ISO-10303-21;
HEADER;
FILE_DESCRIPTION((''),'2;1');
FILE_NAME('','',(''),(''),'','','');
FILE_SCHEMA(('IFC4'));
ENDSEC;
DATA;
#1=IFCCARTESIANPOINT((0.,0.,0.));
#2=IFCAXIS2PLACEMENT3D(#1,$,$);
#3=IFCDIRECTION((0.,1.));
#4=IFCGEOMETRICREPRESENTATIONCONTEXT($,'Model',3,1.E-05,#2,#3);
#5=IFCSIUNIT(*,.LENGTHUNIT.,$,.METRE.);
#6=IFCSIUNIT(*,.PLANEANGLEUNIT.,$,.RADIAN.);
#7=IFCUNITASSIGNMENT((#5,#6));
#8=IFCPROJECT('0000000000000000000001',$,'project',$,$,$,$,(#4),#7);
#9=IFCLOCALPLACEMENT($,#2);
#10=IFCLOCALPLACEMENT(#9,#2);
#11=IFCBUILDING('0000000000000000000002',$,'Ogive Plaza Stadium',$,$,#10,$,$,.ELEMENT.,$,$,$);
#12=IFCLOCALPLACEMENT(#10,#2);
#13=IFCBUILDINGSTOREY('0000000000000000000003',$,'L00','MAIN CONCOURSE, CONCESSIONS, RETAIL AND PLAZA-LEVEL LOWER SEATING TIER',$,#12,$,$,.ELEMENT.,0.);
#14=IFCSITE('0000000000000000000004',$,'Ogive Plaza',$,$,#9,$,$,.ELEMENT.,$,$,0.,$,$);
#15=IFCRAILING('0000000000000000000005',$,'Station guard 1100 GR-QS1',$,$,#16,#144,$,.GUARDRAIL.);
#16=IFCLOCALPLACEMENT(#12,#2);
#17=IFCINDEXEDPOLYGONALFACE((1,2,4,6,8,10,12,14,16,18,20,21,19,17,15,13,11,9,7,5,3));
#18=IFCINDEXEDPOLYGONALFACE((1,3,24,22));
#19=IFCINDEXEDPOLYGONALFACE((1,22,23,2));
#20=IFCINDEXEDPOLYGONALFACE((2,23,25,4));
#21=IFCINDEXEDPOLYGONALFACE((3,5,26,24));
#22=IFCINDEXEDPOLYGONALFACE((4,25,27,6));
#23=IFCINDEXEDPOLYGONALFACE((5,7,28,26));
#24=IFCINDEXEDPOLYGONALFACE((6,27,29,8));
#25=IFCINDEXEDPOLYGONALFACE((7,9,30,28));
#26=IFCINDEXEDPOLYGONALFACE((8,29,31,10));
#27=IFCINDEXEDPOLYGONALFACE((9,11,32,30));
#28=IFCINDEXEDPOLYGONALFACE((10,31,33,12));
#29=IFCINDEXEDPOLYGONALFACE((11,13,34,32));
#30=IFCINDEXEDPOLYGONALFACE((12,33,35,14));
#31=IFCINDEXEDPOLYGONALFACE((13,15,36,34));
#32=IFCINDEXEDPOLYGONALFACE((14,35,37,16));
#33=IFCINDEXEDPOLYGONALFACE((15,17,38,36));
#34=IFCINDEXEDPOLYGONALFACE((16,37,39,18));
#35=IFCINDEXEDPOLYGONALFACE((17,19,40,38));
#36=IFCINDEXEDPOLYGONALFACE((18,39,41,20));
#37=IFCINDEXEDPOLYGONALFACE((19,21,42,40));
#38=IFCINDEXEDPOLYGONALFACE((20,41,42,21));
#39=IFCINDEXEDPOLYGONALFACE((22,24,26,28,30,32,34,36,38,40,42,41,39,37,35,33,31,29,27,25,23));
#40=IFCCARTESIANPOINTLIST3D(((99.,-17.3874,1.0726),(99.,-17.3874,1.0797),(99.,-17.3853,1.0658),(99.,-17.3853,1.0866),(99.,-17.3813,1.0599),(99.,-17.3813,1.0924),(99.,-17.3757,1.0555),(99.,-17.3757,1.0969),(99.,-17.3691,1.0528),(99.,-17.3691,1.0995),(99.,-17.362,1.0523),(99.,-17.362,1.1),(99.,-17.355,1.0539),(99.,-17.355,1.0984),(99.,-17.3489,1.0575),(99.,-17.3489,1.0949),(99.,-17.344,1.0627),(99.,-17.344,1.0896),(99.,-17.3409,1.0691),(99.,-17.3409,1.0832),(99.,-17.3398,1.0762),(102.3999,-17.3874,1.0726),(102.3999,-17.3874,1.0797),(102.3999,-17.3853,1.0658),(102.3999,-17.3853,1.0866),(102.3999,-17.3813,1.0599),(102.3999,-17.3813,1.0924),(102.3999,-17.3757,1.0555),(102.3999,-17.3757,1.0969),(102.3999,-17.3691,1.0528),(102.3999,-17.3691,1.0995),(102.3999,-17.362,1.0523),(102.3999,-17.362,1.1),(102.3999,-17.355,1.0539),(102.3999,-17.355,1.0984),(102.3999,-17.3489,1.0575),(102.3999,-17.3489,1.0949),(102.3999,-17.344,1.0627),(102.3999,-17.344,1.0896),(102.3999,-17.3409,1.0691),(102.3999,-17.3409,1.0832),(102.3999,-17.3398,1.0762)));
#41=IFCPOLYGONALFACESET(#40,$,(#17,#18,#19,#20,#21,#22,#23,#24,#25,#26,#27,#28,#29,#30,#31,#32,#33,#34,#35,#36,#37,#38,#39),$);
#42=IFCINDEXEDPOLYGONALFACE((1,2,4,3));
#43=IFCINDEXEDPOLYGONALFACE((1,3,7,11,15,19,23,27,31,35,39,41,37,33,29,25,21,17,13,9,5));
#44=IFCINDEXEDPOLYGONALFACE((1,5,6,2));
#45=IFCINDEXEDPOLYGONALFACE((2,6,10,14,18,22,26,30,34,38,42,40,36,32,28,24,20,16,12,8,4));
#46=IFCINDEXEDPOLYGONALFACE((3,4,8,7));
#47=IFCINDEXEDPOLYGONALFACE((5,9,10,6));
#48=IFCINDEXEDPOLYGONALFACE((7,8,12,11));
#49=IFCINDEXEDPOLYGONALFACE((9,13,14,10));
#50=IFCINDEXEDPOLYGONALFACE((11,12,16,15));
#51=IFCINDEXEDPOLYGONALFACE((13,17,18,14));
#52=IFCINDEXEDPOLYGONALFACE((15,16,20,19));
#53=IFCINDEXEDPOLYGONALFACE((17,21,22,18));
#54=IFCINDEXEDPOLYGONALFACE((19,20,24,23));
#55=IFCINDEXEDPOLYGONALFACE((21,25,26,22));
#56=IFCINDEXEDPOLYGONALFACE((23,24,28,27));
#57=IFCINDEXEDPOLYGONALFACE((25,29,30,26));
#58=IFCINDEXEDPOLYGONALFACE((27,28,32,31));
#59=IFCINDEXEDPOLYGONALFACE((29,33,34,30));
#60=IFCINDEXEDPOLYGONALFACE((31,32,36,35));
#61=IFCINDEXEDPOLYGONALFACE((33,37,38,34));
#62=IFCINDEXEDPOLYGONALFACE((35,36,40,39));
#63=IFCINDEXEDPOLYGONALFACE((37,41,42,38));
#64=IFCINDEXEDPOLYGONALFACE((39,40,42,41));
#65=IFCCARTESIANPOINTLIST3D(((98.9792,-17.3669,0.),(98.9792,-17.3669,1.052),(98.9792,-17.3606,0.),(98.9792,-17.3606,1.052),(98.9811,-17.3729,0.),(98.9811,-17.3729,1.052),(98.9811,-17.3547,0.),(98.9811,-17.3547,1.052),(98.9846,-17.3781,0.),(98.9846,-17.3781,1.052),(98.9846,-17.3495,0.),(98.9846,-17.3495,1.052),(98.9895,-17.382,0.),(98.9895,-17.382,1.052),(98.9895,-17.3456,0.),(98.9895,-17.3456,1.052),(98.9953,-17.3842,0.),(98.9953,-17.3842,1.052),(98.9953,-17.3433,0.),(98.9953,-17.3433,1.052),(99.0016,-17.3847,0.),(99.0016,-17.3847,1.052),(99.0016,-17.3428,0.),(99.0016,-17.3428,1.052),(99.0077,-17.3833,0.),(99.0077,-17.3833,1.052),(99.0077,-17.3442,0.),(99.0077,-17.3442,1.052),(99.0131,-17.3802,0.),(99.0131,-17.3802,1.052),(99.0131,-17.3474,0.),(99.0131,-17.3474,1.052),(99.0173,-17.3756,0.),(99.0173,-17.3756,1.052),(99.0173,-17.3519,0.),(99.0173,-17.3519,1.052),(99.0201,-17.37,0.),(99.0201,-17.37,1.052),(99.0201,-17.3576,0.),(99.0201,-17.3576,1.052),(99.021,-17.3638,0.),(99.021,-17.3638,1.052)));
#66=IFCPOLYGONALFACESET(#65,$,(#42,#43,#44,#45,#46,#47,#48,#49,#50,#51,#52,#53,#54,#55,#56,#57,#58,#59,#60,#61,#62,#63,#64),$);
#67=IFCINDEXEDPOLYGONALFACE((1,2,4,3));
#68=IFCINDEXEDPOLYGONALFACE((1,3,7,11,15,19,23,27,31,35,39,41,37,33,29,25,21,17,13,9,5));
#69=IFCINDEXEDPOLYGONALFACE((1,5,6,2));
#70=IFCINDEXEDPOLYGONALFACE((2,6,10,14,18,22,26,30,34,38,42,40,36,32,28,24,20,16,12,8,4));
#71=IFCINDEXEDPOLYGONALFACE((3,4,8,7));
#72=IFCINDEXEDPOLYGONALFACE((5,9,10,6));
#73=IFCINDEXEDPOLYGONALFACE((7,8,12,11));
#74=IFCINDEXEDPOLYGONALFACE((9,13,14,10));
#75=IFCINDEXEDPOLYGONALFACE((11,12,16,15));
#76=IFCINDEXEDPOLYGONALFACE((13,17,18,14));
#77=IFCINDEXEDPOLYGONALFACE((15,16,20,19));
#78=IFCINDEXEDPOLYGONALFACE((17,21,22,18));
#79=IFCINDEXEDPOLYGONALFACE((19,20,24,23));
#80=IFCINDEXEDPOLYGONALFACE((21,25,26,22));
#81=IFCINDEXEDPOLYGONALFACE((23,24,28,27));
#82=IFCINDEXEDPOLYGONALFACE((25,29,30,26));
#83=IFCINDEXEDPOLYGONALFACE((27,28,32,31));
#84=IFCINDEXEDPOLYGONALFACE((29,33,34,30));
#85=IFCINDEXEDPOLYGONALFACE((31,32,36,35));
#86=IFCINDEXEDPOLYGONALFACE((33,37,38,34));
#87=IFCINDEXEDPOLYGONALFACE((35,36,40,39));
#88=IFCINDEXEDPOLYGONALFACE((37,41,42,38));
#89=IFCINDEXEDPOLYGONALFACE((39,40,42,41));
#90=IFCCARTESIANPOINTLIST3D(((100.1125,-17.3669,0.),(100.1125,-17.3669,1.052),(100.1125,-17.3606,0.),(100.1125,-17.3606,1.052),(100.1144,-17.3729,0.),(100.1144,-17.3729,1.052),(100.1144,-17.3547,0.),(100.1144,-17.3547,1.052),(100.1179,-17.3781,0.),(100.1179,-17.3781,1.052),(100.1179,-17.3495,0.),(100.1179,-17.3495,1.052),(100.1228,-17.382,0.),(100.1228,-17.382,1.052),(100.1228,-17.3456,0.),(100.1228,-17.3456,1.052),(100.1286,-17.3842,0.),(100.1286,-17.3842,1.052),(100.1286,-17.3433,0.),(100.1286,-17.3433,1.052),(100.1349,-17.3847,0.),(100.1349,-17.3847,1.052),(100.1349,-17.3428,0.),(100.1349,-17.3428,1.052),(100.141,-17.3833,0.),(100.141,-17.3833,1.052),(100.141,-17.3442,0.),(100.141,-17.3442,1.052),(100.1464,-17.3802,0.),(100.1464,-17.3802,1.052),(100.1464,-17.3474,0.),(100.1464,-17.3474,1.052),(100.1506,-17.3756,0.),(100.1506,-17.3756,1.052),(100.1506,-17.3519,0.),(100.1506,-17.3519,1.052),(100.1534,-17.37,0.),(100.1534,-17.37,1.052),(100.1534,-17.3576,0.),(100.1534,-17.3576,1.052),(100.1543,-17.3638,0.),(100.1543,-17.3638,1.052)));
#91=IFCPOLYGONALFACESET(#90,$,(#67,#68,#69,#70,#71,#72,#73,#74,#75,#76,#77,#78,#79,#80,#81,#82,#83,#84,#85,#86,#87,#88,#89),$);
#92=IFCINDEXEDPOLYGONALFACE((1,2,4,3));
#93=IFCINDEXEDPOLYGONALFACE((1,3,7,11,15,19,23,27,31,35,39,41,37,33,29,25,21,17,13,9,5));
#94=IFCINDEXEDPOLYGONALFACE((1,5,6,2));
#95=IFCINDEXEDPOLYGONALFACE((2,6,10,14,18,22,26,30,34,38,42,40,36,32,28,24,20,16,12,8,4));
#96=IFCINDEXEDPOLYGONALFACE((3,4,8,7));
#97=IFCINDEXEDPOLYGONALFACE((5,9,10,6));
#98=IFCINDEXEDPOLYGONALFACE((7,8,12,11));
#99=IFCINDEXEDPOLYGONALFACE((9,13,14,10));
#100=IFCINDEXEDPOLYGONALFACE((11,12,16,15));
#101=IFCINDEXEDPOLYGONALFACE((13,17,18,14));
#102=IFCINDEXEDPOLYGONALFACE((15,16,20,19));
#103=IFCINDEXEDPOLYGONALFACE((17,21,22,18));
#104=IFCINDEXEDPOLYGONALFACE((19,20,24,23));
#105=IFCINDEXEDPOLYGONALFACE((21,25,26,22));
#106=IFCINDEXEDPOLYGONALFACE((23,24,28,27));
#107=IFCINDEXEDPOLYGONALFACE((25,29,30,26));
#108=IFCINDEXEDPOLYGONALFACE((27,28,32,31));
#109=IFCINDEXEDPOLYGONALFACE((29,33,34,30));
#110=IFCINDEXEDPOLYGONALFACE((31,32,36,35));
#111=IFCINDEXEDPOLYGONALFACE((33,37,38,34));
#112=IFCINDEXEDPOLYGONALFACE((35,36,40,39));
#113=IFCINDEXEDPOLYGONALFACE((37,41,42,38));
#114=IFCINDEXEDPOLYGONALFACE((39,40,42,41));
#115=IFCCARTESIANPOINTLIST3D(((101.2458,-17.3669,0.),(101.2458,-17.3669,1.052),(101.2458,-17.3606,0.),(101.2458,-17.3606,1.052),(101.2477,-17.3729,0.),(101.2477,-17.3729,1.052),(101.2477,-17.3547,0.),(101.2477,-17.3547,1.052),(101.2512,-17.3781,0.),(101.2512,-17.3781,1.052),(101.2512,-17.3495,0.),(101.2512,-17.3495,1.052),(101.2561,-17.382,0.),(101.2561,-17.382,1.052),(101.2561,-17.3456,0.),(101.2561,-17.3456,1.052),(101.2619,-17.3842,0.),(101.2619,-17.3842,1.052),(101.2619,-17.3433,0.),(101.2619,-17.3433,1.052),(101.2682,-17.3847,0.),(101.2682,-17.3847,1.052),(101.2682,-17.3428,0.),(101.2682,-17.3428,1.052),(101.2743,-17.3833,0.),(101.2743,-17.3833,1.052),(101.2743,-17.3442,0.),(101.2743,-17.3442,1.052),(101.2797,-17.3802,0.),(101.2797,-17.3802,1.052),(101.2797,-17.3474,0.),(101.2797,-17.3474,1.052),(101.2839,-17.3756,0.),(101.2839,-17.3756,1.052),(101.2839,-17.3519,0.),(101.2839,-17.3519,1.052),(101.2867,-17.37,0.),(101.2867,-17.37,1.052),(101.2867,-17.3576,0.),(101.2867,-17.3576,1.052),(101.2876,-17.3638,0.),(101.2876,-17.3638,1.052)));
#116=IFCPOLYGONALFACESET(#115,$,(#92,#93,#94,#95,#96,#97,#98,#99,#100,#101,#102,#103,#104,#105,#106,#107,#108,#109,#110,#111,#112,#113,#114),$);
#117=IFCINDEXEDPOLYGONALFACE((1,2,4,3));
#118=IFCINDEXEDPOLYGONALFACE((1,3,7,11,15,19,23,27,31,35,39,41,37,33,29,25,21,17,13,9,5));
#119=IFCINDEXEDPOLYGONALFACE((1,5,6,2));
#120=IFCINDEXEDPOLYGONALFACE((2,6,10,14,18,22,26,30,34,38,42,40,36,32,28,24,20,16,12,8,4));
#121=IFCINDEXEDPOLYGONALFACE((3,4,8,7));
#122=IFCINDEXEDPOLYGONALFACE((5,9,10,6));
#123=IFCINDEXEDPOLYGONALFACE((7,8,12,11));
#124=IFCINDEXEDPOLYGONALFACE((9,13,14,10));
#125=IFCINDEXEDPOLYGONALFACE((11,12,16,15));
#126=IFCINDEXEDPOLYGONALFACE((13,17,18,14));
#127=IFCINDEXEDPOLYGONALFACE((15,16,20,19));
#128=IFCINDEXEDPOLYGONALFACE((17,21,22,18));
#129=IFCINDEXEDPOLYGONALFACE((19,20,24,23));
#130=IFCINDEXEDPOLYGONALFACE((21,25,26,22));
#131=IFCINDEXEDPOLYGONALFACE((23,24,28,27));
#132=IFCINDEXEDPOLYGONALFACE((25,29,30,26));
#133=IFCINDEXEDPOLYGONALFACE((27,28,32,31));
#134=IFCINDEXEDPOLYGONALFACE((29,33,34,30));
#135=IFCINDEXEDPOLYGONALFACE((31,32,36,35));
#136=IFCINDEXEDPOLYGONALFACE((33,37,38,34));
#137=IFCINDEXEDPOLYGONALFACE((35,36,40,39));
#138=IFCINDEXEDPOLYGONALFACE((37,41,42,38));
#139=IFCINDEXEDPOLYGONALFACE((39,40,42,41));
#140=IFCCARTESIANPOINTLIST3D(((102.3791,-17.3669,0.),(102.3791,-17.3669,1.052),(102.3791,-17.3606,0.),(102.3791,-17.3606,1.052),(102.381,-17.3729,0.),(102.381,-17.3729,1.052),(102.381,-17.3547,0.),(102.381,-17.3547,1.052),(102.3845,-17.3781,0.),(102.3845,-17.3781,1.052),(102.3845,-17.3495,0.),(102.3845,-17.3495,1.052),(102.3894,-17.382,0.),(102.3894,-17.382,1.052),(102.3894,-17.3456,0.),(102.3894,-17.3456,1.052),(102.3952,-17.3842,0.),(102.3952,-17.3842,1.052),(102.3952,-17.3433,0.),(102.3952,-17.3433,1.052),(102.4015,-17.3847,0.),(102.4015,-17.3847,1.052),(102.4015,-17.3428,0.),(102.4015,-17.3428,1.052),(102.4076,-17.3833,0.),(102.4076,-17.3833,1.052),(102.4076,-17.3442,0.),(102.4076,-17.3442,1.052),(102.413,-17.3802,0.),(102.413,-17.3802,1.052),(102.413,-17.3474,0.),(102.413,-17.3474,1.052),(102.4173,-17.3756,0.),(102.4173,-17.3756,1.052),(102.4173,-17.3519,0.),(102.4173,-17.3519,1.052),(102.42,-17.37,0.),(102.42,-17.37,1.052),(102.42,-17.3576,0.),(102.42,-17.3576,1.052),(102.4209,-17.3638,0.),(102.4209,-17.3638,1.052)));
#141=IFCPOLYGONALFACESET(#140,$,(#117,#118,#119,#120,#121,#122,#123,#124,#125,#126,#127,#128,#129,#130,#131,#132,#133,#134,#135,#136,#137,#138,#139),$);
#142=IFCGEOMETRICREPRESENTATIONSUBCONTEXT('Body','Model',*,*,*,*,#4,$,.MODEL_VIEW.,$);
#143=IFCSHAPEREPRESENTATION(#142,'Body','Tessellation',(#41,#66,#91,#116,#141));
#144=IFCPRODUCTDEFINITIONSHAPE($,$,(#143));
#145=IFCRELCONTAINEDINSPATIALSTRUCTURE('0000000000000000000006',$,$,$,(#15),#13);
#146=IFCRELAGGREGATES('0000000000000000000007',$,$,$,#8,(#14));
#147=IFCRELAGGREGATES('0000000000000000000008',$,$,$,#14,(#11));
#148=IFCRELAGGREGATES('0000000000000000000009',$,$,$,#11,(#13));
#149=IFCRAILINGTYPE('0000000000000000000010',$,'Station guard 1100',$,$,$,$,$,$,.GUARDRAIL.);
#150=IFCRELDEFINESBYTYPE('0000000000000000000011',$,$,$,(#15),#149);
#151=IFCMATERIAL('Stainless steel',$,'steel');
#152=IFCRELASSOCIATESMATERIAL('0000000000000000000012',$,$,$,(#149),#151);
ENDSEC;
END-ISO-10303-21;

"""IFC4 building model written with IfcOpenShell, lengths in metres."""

from ifc_helpers import new_model, si_unit, direction, frame, origin, origin_2d, place, context, subcontext, project, spatial, circle, extrude, material, type_object, element, save


model = new_model("IFC4")

# Units and contexts
model_context = context("Model", 3, precision=1e-05, world=origin(), true_north=direction((0.0, 1.0)))
body_context = subcontext(model_context, "Body", "Model", "MODEL_VIEW")
ifc_project = project(units=[si_unit("LENGTHUNIT", "METRE"), si_unit("PLANEANGLEUNIT", "RADIAN")], contexts=[model_context])

# Site, building, storey
site_placement = place(None, origin())
site = spatial("IfcSite", under=ifc_project, at=site_placement, Name="Ogive Plaza", CompositionType="ELEMENT", RefElevation=0.0)
building_placement = place(site_placement, origin())
building = spatial("IfcBuilding", under=site, at=building_placement, Name="Ogive Plaza Stadium", CompositionType="ELEMENT")
storey_placement = place(building_placement, origin())
storey = spatial("IfcBuildingStorey", under=building, at=storey_placement, Name="L00", Description="MAIN CONCOURSE, CONCESSIONS, RETAIL AND PLAZA-LEVEL LOWER SEATING TIER", CompositionType="ELEMENT", Elevation=0.0)

# Railing
ifc_material_1 = material(Name="Stainless steel", Category="steel")
railing_type = type_object("IfcRailingType", Name="Station guard 1100", PredefinedType="GUARDRAIL", material=ifc_material_1)
railing_1_placement = place(storey_placement, frame((99.0, -17.3638, 0.0)))
element("IfcRailing", 1, at=railing_1_placement, inside=storey, type_object=railing_type, Name="Station guard 1100 GR-QS1", PredefinedType="GUARDRAIL", context=body_context, shape_type="SweptSolid", body=[
    extrude(circle(Radius=0.0239, at=origin_2d()), frame((0.0, 0.0, 1.0762), z_axis=(1.0, 0.0, 0.0), x_axis=(0.0, 1.0, 0.0)), (0.0, 0.0, 1.0), 3.3999),
    extrude(circle(Radius=0.021, at=origin_2d()), origin(), (0.0, 0.0, 1.0), 1.052),
    extrude(circle(Radius=0.021, at=origin_2d()), frame((1.1333, 0.0, 0.0)), (0.0, 0.0, 1.0), 1.052),
    extrude(circle(Radius=0.021, at=origin_2d()), frame((2.2666, 0.0, 0.0)), (0.0, 0.0, 1.0), 1.052),
    extrude(circle(Radius=0.021, at=origin_2d()), frame((3.3999, 0.0, 0.0)), (0.0, 0.0, 1.0), 1.052),
])

save(model, "model.ifc")
